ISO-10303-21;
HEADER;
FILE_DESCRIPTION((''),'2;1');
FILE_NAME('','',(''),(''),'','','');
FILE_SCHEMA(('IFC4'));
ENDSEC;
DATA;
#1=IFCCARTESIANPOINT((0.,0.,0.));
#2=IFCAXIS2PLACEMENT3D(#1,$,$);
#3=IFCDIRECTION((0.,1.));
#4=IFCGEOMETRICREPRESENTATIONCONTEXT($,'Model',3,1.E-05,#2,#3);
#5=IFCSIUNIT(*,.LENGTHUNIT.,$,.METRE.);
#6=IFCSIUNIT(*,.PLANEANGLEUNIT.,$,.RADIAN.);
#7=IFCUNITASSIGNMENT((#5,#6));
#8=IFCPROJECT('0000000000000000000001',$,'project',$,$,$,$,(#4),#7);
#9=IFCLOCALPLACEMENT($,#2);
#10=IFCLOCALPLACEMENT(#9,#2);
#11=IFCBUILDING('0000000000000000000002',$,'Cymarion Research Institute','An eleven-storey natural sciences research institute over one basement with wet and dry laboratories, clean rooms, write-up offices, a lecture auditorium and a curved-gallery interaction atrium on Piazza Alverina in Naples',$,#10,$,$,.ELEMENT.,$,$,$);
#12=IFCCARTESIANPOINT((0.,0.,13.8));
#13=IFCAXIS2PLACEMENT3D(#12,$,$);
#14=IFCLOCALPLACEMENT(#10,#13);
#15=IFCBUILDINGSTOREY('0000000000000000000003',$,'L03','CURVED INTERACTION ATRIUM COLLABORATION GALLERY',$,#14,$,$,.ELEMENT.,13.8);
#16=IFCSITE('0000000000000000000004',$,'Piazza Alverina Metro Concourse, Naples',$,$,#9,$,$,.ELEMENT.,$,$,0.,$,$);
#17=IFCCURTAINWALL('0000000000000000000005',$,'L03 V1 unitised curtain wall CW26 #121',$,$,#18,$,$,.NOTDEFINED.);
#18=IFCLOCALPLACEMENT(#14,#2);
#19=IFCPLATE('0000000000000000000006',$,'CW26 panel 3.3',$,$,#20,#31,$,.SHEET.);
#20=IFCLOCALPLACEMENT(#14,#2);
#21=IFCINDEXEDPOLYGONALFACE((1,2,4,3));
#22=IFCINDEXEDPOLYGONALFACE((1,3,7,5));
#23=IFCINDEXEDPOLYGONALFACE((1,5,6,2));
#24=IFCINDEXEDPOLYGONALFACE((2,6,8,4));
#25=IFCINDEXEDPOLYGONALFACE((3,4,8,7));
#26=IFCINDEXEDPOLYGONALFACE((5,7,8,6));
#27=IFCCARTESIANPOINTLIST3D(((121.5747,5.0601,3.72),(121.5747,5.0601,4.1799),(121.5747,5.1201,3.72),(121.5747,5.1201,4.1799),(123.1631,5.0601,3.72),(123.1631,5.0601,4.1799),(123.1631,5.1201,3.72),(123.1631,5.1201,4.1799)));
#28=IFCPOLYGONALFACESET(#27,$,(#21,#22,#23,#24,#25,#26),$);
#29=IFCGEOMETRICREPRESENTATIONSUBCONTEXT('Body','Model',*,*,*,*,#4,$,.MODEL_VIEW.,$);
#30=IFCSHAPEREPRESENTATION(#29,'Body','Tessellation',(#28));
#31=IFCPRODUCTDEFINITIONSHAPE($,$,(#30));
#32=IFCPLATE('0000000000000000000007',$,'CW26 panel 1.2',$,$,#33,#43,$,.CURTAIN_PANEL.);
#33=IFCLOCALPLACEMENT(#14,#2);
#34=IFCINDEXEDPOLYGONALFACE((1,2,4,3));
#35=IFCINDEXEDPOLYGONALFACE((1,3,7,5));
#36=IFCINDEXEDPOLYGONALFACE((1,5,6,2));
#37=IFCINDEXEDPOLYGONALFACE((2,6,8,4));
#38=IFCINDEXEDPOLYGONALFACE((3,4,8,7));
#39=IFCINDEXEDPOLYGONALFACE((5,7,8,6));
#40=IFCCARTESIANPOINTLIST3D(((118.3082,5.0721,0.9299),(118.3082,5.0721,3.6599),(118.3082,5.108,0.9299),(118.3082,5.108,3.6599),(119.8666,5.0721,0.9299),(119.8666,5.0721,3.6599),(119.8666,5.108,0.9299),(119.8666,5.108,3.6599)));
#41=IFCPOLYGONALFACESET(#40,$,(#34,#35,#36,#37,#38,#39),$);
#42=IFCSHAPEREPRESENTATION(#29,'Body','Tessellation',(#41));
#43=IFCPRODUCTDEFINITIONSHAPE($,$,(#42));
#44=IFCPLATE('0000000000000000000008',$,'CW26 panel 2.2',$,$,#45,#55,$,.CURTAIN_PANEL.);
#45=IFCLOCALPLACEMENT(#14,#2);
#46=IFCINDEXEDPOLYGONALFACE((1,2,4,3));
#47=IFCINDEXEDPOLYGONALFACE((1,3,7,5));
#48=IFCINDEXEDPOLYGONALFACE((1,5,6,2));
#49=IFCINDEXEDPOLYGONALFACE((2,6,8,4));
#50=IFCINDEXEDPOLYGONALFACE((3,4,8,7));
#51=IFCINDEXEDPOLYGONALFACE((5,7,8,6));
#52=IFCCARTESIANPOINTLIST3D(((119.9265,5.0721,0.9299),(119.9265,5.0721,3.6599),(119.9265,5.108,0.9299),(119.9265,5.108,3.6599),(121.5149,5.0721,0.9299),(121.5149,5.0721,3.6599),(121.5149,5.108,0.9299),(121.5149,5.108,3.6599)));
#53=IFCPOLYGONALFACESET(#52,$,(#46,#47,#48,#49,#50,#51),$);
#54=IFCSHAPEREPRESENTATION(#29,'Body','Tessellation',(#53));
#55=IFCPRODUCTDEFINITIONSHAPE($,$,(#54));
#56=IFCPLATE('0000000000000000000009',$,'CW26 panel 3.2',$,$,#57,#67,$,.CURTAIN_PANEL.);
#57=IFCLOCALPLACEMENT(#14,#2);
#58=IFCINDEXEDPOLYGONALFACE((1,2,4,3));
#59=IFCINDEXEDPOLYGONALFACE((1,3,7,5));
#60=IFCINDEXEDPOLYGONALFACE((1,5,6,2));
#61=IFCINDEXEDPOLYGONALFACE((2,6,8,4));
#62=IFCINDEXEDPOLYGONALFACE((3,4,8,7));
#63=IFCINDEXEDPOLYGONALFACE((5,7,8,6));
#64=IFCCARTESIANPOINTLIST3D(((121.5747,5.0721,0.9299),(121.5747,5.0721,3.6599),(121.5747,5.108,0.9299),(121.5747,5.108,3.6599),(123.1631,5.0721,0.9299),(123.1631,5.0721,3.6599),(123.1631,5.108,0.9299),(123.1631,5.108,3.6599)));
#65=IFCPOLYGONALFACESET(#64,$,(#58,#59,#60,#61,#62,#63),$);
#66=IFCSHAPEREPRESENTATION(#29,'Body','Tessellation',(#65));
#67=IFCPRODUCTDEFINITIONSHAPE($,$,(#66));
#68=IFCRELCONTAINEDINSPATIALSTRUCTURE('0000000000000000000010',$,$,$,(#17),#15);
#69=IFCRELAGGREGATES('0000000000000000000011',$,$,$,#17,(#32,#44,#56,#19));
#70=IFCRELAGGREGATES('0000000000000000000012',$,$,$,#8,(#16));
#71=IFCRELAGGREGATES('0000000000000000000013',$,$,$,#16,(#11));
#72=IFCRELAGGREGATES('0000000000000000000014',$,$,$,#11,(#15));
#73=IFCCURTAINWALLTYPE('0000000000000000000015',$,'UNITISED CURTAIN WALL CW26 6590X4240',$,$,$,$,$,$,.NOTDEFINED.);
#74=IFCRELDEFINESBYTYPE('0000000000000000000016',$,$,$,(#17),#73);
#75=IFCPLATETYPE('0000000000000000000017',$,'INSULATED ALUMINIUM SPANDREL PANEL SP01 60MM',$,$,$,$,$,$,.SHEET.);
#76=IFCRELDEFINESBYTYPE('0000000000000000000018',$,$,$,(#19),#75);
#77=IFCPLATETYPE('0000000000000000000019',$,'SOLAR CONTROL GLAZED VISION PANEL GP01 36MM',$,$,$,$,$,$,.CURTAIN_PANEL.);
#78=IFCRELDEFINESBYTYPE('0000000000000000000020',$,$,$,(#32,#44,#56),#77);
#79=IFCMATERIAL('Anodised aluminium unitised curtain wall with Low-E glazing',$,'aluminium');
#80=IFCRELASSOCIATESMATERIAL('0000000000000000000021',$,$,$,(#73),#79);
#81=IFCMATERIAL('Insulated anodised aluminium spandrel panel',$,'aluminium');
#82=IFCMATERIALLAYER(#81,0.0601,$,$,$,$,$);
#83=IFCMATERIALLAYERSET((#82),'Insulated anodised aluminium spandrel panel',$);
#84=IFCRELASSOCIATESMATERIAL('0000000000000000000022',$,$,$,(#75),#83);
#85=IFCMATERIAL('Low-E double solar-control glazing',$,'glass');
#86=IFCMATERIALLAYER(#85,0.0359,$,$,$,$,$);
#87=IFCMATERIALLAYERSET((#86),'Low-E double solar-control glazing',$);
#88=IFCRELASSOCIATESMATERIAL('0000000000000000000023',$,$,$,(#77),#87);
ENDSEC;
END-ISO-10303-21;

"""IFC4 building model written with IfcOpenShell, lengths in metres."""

from ifc_helpers import new_model, si_unit, direction, frame, origin, origin_2d, place, context, subcontext, project, spatial, rectangle, extrude, material, layer, layer_set, type_object, element, aggregate, save


model = new_model("IFC4")

# Units and contexts
model_context = context("Model", 3, precision=1e-05, world=origin(), true_north=direction((0.0, 1.0)))
body_context = subcontext(model_context, "Body", "Model", "MODEL_VIEW")
ifc_project = project(units=[si_unit("LENGTHUNIT", "METRE"), si_unit("PLANEANGLEUNIT", "RADIAN")], contexts=[model_context])

# Site, building, storey
site_placement = place(None, origin())
site = spatial("IfcSite", under=ifc_project, at=site_placement, Name="Piazza Alverina Metro Concourse, Naples", CompositionType="ELEMENT", RefElevation=0.0)
building_placement = place(site_placement, origin())
building = spatial("IfcBuilding", under=site, at=building_placement, Name="Cymarion Research Institute", Description="An eleven-storey natural sciences research institute over one basement with wet and dry laboratories, clean rooms, write-up offices, a lecture auditorium and a curved-gallery interaction atrium on Piazza Alverina in Naples", CompositionType="ELEMENT")
storey_placement = place(building_placement, frame((0.0, 0.0, 13.8)))
storey = spatial("IfcBuildingStorey", under=building, at=storey_placement, Name="L03", Description="CURVED INTERACTION ATRIUM COLLABORATION GALLERY", CompositionType="ELEMENT", Elevation=13.8)

# Curtain wall
ifc_material_1 = material(Name="Anodised aluminium unitised curtain wall with Low-E glazing", Category="aluminium")
curtain_wall_type = type_object("IfcCurtainWallType", Name="UNITISED CURTAIN WALL CW26 6590X4240", PredefinedType="NOTDEFINED", material=ifc_material_1)
curtain_wall_placement = place(storey_placement, origin())
curtain_wall = element("IfcCurtainWall", 1, at=curtain_wall_placement, inside=storey, type_object=curtain_wall_type, Name="L03 V1 unitised curtain wall CW26 #121", PredefinedType="NOTDEFINED")

# Plates
ifc_material_2 = material(Name="Insulated anodised aluminium spandrel panel", Category="aluminium")
ifc_layer_1 = layer(ifc_material_2, 0.0601)
ifc_layer_set_1 = layer_set([ifc_layer_1], Name="Insulated anodised aluminium spandrel panel")
plate_type_1 = type_object("IfcPlateType", Name="INSULATED ALUMINIUM SPANDREL PANEL SP01 60MM", PredefinedType="SHEET", material=ifc_layer_set_1)
plate_1_placement = place(storey_placement, frame((122.3689, 5.0901, 3.72), z_axis=(0.0, 0.0, 1.0), x_axis=(1.0, 0.0, 0.0)))
plate_1 = element("IfcPlate", 2, at=plate_1_placement, type_object=plate_type_1, Name="CW26 panel 3.3", PredefinedType="SHEET", context=body_context, shape_type="SweptSolid", body=[
    extrude(rectangle(XDim=1.5884, YDim=0.0601, at=origin_2d()), origin(), (0.0, 0.0, 1.0), 0.46),
])
ifc_material_3 = material(Name="Low-E double solar-control glazing", Category="glass")
ifc_layer_2 = layer(ifc_material_3, 0.0359)
ifc_layer_set_2 = layer_set([ifc_layer_2], Name="Low-E double solar-control glazing")
plate_type_2 = type_object("IfcPlateType", Name="SOLAR CONTROL GLAZED VISION PANEL GP01 36MM", PredefinedType="CURTAIN_PANEL", material=ifc_layer_set_2)
plate_2_placement = place(storey_placement, frame((119.0874, 5.0901, 0.9299), z_axis=(0.0, 0.0, 1.0), x_axis=(1.0, 0.0, 0.0)))
plate_2 = element("IfcPlate", 3, at=plate_2_placement, type_object=plate_type_2, Name="CW26 panel 1.2", PredefinedType="CURTAIN_PANEL", context=body_context, shape_type="SweptSolid", body=[
    extrude(rectangle(XDim=1.5583, YDim=0.0359, at=origin_2d()), origin(), (0.0, 0.0, 1.0), 2.73),
])
plate_3_placement = place(storey_placement, frame((120.7207, 5.0901, 0.9299), z_axis=(0.0, 0.0, 1.0), x_axis=(1.0, 0.0, 0.0)))
plate_3 = element("IfcPlate", 4, at=plate_3_placement, type_object=plate_type_2, Name="CW26 panel 2.2", PredefinedType="CURTAIN_PANEL", context=body_context, shape_type="SweptSolid", body=[
    extrude(rectangle(XDim=1.5884, YDim=0.0359, at=origin_2d()), origin(), (0.0, 0.0, 1.0), 2.73),
])
plate_4_placement = place(storey_placement, frame((122.3689, 5.0901, 0.9299), z_axis=(0.0, 0.0, 1.0), x_axis=(1.0, 0.0, 0.0)))
plate_4 = element("IfcPlate", 5, at=plate_4_placement, type_object=plate_type_2, Name="CW26 panel 3.2", PredefinedType="CURTAIN_PANEL", context=body_context, shape_type="SweptSolid", body=[
    extrude(rectangle(XDim=1.5884, YDim=0.0359, at=origin_2d()), origin(), (0.0, 0.0, 1.0), 2.73),
])
aggregate(curtain_wall, [plate_2, plate_3, plate_4, plate_1])

save(model, "model.ifc")
